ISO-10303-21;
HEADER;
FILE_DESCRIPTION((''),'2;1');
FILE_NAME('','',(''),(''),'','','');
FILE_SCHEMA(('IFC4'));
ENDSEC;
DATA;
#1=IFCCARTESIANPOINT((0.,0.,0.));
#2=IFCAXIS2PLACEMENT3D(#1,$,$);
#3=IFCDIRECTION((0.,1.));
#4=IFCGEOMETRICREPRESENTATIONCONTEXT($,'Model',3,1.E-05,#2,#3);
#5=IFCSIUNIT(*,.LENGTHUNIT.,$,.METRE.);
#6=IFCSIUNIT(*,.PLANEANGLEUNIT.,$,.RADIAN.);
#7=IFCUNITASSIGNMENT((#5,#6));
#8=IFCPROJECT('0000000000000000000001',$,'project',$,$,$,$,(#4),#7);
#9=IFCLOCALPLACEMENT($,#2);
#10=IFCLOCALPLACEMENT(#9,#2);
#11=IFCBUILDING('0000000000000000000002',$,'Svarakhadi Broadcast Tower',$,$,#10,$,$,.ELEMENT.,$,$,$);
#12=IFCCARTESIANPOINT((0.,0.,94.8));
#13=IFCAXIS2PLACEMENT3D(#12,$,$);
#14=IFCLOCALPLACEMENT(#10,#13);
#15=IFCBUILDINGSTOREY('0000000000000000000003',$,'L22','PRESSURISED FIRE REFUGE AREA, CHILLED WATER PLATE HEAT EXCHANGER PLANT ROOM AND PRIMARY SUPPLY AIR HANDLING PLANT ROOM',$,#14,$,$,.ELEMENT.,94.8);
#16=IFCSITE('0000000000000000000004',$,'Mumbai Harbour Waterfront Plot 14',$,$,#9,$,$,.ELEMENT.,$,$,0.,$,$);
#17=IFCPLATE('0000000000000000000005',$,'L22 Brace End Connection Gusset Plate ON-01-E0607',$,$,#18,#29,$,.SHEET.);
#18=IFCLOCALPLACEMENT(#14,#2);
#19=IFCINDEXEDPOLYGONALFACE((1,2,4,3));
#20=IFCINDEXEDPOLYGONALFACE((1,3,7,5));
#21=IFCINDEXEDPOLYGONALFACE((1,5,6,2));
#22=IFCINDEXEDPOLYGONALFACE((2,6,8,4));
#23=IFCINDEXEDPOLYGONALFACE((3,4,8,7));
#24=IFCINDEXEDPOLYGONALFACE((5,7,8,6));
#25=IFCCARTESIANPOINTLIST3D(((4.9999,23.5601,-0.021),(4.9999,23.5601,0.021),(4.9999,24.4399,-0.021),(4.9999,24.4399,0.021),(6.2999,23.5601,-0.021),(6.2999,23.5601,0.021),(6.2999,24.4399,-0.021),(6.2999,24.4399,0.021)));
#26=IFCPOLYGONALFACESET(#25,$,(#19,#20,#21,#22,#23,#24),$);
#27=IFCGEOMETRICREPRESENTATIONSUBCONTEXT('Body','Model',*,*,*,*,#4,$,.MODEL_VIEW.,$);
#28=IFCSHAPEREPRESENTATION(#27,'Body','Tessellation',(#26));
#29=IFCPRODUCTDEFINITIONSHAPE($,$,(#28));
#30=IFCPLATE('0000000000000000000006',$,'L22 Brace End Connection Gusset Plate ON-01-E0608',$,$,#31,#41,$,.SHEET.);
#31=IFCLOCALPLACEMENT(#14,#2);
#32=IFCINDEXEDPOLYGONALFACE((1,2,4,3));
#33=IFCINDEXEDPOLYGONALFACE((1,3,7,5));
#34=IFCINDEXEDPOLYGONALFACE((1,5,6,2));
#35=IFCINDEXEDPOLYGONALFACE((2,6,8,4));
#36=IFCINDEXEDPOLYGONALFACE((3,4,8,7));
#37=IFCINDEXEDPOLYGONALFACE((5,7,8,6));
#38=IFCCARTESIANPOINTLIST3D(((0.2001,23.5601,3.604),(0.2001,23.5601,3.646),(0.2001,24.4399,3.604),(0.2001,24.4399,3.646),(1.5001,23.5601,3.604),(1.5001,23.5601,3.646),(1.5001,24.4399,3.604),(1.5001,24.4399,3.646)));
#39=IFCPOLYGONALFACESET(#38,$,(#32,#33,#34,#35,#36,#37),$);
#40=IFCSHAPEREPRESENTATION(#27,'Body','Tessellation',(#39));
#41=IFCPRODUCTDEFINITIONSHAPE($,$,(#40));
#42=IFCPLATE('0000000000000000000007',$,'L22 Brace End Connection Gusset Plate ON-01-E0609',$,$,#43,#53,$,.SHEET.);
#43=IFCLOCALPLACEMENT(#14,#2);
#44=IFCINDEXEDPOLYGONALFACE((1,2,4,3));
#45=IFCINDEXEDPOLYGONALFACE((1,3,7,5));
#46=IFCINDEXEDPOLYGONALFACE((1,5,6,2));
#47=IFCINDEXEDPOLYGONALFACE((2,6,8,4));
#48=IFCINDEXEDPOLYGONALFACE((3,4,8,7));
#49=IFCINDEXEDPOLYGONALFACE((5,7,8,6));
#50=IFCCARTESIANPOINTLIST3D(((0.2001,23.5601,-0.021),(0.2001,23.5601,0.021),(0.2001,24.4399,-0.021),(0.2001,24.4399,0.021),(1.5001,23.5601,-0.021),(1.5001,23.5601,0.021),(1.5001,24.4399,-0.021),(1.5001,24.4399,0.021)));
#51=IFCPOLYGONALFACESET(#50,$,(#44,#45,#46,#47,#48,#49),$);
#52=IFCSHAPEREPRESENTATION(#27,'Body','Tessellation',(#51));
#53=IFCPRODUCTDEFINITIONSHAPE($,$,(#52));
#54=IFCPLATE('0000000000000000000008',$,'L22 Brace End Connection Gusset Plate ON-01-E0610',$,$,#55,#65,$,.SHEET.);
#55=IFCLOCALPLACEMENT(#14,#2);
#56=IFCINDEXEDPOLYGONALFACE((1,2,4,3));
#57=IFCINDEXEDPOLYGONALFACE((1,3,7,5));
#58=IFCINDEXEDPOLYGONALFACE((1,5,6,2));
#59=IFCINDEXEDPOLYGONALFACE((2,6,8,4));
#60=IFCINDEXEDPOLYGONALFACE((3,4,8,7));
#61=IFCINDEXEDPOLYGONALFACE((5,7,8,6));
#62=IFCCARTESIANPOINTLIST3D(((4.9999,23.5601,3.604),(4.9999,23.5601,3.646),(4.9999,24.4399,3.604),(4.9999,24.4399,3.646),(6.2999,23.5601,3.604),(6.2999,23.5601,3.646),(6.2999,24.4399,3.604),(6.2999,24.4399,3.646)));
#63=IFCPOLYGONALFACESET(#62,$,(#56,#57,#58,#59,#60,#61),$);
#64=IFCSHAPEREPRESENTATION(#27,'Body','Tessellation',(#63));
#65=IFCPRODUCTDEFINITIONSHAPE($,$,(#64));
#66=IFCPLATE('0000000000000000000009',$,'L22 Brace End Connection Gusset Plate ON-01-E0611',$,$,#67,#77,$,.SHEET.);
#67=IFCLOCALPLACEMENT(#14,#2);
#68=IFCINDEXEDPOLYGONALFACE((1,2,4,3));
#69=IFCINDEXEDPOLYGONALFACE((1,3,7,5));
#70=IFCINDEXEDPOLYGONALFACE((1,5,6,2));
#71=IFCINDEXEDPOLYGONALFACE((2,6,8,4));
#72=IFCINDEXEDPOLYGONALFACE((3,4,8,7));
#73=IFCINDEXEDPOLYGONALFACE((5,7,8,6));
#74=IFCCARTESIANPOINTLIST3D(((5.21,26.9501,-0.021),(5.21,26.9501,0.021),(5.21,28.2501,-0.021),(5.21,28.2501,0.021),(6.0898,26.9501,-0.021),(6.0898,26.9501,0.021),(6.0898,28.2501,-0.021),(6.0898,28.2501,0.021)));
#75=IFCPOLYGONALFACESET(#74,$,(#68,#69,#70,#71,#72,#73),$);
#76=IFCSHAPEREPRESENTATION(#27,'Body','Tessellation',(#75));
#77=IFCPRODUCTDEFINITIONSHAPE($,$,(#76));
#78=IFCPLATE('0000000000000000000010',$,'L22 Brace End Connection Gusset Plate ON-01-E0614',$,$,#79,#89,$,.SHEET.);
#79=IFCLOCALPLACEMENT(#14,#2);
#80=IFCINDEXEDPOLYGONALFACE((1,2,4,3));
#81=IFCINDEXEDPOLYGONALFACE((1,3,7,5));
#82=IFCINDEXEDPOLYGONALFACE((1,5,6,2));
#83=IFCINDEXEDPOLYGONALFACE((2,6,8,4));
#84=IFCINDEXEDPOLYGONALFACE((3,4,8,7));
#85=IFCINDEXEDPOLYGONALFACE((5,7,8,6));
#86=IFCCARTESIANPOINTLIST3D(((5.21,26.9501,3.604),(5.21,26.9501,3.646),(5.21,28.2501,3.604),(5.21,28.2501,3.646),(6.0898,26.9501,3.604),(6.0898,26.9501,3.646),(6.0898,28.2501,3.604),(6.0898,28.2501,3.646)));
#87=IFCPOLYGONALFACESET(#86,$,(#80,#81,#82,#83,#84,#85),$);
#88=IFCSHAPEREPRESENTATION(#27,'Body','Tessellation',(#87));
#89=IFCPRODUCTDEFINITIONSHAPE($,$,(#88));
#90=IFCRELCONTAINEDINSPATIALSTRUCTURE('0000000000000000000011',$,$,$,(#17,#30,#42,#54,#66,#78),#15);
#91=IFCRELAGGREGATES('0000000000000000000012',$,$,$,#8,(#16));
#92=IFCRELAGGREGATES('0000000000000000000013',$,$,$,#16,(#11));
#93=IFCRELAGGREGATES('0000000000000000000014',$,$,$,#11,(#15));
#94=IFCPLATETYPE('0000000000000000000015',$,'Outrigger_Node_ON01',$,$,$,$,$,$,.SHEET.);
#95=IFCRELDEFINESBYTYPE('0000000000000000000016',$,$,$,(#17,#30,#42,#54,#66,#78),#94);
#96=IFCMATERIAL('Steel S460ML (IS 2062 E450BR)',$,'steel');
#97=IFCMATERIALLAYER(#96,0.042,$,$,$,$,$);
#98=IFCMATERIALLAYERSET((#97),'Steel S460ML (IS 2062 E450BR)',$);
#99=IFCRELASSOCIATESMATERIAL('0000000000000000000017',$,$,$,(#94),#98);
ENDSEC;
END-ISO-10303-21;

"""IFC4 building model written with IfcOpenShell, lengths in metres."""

from ifc_helpers import new_model, si_unit, direction, frame, origin, origin_2d, place, context, subcontext, project, spatial, rectangle, extrude, material, layer, layer_set, type_object, element, save


model = new_model("IFC4")

# Units and contexts
model_context = context("Model", 3, precision=1e-05, world=origin(), true_north=direction((0.0, 1.0)))
body_context = subcontext(model_context, "Body", "Model", "MODEL_VIEW")
ifc_project = project(units=[si_unit("LENGTHUNIT", "METRE"), si_unit("PLANEANGLEUNIT", "RADIAN")], contexts=[model_context])

# Site, building, storey
site_placement = place(None, origin())
site = spatial("IfcSite", under=ifc_project, at=site_placement, Name="Mumbai Harbour Waterfront Plot 14", CompositionType="ELEMENT", RefElevation=0.0)
building_placement = place(site_placement, origin())
building = spatial("IfcBuilding", under=site, at=building_placement, Name="Svarakhadi Broadcast Tower", CompositionType="ELEMENT")
storey_placement = place(building_placement, frame((0.0, 0.0, 94.8)))
storey = spatial("IfcBuildingStorey", under=building, at=storey_placement, Name="L22", Description="PRESSURISED FIRE REFUGE AREA, CHILLED WATER PLATE HEAT EXCHANGER PLANT ROOM AND PRIMARY SUPPLY AIR HANDLING PLANT ROOM", CompositionType="ELEMENT", Elevation=94.8)

# Shared definitions
ifc_material_1 = material(Name="Steel S460ML (IS 2062 E450BR)", Category="steel")

# Plates
ifc_layer_1 = layer(ifc_material_1, 0.042)
ifc_layer_set_1 = layer_set([ifc_layer_1], Name="Steel S460ML (IS 2062 E450BR)")
plate_type_1 = type_object("IfcPlateType", Name="Outrigger_Node_ON01", PredefinedType="SHEET", material=ifc_layer_set_1)
for number, where, z_axis, x_axis, name in (
    (1, (5.6499, 24.0, -0.021), (0.0, 0.0, 1.0), (1.0, 0.0, 0.0), "L22 Brace End Connection Gusset Plate ON-01-E0607"),
    (2, (0.8501, 24.0, 3.604), (0.0, 0.0, 1.0), (1.0, 0.0, 0.0), "L22 Brace End Connection Gusset Plate ON-01-E0608"),
    (3, (0.8501, 24.0, -0.021), (0.0, 0.0, 1.0), (1.0, 0.0, 0.0), "L22 Brace End Connection Gusset Plate ON-01-E0609"),
    (4, (5.6499, 24.0, 3.604), (0.0, 0.0, 1.0), (1.0, 0.0, 0.0), "L22 Brace End Connection Gusset Plate ON-01-E0610"),
    (5, (5.6499, 27.6001, -0.021), (0.0, 0.0, 1.0), (0.0, 1.0, 0.0), "L22 Brace End Connection Gusset Plate ON-01-E0611"),
    (6, (5.6499, 27.6001, 3.604), (0.0, 0.0, 1.0), (0.0, 1.0, 0.0), "L22 Brace End Connection Gusset Plate ON-01-E0614"),
):
    element("IfcPlate", number, at=place(storey_placement, frame(where, z_axis=z_axis, x_axis=x_axis)), inside=storey, type_object=plate_type_1, Name=name, PredefinedType="SHEET", context=body_context, shape_type="SweptSolid", body=[
        extrude(rectangle(XDim=1.3, YDim=0.8799, at=origin_2d()), origin(), (0.0, 0.0, 1.0), 0.042),
    ])

save(model, "model.ifc")
